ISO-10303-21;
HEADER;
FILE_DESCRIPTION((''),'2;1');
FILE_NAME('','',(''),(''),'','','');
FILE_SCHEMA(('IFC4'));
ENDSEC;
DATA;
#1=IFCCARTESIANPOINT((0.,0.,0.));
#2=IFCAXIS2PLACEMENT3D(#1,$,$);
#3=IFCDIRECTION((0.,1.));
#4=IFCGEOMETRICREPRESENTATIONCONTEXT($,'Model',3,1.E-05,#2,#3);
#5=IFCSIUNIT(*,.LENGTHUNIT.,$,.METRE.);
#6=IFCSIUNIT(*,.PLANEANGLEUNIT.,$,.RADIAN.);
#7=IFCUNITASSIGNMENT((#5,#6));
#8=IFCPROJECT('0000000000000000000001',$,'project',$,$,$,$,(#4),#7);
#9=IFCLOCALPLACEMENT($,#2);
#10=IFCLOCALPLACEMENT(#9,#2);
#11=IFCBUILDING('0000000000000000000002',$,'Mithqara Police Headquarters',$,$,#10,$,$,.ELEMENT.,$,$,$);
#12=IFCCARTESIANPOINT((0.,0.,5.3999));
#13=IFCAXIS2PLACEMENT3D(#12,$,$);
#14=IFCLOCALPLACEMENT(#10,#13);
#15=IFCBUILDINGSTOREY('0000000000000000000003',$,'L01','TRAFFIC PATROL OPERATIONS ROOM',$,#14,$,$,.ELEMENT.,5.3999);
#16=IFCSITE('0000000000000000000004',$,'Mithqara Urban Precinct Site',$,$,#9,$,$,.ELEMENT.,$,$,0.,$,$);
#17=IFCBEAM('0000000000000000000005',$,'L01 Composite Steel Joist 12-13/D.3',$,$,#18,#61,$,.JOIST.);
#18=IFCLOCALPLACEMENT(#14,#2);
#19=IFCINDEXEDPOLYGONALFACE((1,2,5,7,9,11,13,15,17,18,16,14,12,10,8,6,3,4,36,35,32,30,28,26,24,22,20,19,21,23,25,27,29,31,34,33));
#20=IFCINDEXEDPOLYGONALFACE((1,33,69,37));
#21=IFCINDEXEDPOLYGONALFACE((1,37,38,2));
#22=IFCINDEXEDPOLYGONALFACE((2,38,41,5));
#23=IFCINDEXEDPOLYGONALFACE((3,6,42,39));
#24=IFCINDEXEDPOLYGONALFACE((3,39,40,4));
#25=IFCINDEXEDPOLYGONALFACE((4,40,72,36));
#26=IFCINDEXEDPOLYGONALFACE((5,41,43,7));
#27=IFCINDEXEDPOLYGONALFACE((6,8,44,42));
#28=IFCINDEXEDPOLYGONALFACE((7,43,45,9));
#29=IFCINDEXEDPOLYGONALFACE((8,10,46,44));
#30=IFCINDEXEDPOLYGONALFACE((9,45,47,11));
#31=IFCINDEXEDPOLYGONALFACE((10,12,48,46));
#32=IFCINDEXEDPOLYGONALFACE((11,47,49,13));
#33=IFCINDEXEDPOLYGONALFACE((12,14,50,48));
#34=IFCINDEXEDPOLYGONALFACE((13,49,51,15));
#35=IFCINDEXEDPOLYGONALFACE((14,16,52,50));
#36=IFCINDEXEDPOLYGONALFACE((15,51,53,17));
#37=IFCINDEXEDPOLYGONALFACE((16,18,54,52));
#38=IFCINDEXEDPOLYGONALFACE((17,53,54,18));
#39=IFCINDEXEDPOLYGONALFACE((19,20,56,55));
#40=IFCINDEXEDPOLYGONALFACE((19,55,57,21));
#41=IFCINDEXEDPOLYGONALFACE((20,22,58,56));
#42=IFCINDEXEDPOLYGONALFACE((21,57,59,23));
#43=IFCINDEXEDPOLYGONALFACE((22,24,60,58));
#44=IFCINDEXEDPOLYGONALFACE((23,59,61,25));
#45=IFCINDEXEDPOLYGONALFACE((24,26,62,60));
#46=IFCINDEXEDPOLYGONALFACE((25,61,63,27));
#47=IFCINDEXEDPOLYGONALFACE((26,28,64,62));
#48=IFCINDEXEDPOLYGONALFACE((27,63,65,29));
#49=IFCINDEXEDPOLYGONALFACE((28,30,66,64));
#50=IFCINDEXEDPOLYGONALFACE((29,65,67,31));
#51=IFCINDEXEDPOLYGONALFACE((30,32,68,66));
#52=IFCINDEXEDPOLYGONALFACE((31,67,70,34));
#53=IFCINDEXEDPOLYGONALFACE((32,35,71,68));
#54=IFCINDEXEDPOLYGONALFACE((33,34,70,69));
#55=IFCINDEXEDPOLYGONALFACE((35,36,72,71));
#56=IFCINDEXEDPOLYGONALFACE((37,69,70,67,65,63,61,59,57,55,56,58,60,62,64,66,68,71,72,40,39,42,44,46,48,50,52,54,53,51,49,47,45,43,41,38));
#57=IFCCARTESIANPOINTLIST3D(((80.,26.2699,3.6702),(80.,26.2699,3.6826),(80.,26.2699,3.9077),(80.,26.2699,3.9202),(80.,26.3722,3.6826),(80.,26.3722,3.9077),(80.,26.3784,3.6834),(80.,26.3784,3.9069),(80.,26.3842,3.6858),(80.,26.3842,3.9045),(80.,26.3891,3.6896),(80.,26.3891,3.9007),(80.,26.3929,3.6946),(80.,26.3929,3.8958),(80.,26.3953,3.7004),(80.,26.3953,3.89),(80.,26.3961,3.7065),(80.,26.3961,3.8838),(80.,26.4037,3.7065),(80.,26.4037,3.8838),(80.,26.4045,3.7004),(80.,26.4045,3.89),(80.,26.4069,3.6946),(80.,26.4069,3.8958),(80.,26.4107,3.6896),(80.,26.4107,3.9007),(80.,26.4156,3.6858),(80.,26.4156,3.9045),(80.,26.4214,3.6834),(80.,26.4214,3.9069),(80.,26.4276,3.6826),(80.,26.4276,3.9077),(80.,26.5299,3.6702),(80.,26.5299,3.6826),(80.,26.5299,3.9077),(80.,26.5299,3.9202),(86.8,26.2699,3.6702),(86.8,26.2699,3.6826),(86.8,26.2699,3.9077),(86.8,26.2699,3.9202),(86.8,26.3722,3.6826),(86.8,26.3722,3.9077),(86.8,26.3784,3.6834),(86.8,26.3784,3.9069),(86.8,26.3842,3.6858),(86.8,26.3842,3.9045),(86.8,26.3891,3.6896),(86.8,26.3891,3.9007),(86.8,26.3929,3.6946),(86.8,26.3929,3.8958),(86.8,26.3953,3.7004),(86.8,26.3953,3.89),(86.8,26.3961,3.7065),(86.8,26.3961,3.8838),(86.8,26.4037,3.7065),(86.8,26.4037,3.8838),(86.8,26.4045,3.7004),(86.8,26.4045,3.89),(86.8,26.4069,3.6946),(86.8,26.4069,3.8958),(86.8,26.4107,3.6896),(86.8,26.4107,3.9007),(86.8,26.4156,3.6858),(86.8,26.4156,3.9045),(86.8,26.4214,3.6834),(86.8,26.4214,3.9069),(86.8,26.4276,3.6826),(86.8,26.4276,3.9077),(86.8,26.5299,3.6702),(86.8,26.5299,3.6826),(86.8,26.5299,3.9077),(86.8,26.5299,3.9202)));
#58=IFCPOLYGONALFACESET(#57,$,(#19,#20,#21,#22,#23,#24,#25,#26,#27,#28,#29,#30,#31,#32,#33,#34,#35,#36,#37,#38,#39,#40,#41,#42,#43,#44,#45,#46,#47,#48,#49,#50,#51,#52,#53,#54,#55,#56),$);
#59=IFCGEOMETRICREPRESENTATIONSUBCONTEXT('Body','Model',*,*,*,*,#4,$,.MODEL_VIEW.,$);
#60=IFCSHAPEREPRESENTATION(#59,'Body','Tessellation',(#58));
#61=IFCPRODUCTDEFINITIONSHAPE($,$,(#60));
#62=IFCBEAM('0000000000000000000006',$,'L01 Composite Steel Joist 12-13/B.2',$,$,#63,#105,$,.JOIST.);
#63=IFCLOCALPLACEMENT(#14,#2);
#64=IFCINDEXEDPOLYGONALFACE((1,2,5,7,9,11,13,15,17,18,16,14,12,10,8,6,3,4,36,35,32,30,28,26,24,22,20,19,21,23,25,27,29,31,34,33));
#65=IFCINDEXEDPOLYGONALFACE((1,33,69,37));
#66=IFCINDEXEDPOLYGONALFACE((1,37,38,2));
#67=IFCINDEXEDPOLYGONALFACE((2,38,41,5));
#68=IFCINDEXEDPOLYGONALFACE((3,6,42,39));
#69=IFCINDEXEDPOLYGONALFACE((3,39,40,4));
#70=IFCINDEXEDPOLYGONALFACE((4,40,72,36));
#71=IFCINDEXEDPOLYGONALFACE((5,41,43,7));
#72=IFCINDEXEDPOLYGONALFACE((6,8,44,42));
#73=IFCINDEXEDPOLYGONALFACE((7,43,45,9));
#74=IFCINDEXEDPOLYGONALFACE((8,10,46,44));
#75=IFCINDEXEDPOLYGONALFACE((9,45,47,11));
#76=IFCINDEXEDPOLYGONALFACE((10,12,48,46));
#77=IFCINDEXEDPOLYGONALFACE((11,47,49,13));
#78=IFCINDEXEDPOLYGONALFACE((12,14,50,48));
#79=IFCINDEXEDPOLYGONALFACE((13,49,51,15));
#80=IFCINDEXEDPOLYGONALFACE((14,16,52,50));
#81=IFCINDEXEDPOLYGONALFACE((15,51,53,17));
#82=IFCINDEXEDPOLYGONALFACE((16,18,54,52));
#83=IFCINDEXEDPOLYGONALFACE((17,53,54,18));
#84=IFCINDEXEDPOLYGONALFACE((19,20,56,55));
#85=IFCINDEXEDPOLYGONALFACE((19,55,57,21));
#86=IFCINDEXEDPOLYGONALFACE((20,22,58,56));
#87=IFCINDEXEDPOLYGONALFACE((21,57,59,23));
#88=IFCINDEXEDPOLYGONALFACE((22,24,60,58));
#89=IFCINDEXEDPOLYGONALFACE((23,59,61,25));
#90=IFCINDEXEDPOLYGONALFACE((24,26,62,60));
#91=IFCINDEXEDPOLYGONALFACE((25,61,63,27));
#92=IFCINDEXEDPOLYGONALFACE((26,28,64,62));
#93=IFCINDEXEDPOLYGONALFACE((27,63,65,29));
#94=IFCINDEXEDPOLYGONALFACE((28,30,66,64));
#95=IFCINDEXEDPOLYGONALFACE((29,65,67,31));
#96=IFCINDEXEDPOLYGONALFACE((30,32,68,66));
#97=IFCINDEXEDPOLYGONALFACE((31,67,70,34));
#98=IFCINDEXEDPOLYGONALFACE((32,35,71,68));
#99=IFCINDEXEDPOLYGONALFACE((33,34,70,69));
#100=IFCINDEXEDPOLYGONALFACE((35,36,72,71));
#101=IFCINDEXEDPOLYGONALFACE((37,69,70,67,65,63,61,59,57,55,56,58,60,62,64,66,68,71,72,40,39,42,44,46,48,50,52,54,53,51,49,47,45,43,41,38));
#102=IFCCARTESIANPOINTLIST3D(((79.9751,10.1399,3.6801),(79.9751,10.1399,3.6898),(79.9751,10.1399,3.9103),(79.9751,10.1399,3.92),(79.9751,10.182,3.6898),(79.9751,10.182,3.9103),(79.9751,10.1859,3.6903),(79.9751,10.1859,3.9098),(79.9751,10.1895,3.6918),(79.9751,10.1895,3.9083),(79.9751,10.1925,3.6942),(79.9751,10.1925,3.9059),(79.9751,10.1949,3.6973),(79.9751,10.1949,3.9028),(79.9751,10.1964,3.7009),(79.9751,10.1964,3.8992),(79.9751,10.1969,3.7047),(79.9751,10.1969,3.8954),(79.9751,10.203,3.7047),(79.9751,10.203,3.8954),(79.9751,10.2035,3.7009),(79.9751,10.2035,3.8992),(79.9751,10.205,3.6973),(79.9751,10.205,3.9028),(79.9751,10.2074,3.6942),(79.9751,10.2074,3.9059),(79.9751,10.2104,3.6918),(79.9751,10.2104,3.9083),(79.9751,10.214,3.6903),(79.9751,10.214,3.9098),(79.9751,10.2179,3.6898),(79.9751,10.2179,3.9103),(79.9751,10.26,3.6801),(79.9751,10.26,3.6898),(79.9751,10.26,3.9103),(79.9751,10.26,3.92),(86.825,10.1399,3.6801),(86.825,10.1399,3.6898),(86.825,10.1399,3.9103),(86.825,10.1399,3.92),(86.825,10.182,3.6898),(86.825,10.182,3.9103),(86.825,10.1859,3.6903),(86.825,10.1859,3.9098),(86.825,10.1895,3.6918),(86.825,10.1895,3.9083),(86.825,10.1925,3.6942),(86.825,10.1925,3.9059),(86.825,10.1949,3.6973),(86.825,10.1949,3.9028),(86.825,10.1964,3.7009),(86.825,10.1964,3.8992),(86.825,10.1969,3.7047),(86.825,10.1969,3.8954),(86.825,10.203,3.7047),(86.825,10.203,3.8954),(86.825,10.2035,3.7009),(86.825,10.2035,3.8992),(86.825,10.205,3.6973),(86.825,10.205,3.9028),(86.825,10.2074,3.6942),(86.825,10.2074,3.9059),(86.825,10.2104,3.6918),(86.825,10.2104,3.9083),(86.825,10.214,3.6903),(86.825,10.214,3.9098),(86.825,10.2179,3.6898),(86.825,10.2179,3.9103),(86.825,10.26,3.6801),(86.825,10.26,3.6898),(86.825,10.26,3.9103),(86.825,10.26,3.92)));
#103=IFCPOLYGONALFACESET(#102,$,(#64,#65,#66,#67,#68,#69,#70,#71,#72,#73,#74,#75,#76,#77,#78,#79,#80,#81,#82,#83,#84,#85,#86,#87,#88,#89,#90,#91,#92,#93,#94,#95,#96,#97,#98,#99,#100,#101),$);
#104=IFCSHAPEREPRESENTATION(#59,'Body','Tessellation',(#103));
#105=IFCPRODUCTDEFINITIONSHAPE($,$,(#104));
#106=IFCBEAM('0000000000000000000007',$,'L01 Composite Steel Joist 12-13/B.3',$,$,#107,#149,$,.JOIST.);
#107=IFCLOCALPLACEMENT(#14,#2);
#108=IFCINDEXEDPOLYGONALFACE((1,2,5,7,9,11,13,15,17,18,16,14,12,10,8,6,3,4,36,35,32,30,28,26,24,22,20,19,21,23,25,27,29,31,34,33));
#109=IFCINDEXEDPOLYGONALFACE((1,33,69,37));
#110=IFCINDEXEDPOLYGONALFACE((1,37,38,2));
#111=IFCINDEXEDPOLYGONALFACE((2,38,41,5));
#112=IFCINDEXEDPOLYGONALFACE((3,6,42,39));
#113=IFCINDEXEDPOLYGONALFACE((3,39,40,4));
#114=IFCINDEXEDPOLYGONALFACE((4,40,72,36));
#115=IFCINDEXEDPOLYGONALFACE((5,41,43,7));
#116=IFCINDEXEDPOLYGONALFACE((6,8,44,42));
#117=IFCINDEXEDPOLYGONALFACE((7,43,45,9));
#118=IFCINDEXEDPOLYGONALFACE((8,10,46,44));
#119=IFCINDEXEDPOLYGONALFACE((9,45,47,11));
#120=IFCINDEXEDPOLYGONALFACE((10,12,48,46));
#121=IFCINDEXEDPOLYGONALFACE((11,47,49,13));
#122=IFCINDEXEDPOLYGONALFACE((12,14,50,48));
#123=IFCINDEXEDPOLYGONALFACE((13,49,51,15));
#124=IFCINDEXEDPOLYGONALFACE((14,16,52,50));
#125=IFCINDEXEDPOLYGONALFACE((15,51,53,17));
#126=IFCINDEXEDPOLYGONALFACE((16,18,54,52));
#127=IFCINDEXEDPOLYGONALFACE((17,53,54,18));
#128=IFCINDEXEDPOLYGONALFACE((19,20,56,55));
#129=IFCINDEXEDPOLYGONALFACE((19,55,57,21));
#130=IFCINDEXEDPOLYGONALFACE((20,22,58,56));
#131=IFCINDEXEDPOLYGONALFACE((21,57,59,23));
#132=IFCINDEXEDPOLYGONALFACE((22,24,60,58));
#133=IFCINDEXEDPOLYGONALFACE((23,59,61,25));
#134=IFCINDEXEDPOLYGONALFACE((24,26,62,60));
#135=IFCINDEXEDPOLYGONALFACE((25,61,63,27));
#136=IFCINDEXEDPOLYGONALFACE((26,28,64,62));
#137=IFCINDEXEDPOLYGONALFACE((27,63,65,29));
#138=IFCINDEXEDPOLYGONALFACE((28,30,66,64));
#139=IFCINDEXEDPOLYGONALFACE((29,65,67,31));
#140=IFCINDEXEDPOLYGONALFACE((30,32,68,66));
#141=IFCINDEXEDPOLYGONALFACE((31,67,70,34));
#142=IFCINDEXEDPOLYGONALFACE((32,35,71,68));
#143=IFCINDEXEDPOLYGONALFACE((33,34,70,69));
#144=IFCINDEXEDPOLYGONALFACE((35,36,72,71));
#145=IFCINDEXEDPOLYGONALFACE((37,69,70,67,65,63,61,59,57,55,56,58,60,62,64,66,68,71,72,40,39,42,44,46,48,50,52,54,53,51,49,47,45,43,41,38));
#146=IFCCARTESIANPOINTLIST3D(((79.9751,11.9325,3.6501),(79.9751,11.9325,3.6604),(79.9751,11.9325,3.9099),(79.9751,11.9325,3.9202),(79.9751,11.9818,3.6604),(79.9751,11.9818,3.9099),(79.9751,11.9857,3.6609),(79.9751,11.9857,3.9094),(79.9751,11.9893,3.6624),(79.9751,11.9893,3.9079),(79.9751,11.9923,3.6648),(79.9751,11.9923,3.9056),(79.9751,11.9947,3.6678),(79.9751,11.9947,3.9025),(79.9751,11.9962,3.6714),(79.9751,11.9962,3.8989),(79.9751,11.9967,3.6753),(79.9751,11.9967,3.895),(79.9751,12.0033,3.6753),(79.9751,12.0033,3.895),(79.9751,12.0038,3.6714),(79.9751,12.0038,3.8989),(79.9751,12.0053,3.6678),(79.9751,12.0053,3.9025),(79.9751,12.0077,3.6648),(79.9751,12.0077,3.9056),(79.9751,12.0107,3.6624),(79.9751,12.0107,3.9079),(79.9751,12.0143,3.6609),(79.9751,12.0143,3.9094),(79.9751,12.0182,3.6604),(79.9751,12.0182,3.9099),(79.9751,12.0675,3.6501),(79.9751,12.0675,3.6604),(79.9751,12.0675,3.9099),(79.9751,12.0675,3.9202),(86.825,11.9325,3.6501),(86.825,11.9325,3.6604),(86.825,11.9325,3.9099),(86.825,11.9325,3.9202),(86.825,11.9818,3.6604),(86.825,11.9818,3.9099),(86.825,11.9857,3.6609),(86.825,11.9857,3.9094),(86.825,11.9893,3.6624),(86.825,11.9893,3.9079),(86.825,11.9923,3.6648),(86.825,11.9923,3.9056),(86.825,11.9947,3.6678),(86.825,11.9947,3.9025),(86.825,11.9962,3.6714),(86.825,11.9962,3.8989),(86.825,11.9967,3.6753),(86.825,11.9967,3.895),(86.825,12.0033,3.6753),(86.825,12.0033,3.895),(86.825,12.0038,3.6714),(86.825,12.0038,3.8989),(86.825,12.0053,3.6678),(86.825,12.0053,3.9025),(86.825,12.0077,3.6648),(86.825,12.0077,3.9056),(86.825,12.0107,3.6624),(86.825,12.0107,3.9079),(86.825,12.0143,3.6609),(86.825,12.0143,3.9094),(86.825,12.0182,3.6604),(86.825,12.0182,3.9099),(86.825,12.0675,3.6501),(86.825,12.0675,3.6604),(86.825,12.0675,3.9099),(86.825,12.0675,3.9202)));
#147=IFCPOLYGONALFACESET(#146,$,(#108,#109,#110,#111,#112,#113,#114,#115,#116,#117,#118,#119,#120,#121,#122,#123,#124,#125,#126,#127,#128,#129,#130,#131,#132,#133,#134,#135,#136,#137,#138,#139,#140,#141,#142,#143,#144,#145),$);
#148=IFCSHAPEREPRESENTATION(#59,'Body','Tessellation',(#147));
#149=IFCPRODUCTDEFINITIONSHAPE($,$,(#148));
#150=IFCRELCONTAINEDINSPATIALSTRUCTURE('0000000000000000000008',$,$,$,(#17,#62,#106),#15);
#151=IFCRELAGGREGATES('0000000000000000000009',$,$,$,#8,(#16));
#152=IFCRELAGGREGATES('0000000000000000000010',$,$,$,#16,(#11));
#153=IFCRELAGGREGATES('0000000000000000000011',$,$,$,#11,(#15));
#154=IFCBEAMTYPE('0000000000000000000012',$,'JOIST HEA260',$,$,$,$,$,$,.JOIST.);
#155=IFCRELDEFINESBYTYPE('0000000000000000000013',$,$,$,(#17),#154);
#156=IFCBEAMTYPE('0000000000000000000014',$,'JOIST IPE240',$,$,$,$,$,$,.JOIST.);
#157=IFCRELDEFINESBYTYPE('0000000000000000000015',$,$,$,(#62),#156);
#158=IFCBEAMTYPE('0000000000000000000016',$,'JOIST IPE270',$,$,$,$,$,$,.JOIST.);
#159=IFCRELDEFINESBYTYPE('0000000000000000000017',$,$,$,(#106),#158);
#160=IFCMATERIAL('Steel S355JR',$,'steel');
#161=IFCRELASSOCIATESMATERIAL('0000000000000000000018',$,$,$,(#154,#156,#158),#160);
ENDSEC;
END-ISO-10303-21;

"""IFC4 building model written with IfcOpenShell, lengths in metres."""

from ifc_helpers import new_model, si_unit, direction, frame, origin, origin_2d, place, context, subcontext, project, spatial, i_section, extrude, material, material_profile, profile_set, type_object, element, save


model = new_model("IFC4")

# Units and contexts
model_context = context("Model", 3, precision=1e-05, world=origin(), true_north=direction((0.0, 1.0)))
body_context = subcontext(model_context, "Body", "Model", "MODEL_VIEW")
ifc_project = project(units=[si_unit("LENGTHUNIT", "METRE"), si_unit("PLANEANGLEUNIT", "RADIAN")], contexts=[model_context])

# Site, building, storey
site_placement = place(None, origin())
site = spatial("IfcSite", under=ifc_project, at=site_placement, Name="Mithqara Urban Precinct Site", CompositionType="ELEMENT", RefElevation=0.0)
building_placement = place(site_placement, origin())
building = spatial("IfcBuilding", under=site, at=building_placement, Name="Mithqara Police Headquarters", CompositionType="ELEMENT")
storey_placement = place(building_placement, frame((0.0, 0.0, 5.3999)))
storey = spatial("IfcBuildingStorey", under=building, at=storey_placement, Name="L01", Description="TRAFFIC PATROL OPERATIONS ROOM", CompositionType="ELEMENT", Elevation=5.3999)

# Beams
ifc_material_1 = material(Name="Steel S355JR", Category="steel")
ifc_material_profile_1 = material_profile(ifc_material_1, i_section(OverallWidth=0.26, OverallDepth=0.25, WebThickness=0.0076, FlangeThickness=0.0125, FilletRadius=0.0239, at=origin_2d()), Name="HEA 260")
ifc_profile_set_1 = profile_set([ifc_material_profile_1], Name="Steel S355JR")
beam_type_1 = type_object("IfcBeamType", Name="JOIST HEA260", PredefinedType="JOIST", material=ifc_profile_set_1)
beam_1_placement = place(storey_placement, frame((80.0, 26.3999, 3.7952), z_axis=(1.0, 0.0, 0.0), x_axis=(0.0, 1.0, 0.0)))
element("IfcBeam", 1, at=beam_1_placement, inside=storey, type_object=beam_type_1, Name="L01 Composite Steel Joist 12-13/D.3", PredefinedType="JOIST", context=body_context, shape_type="SweptSolid", body=[
    extrude(i_section(OverallWidth=0.26, OverallDepth=0.25, WebThickness=0.0076, FlangeThickness=0.0125, FilletRadius=0.0239, at=origin_2d()), origin(), (0.0, 0.0, 1.0), 6.8),
])
ifc_material_profile_2 = material_profile(ifc_material_1, i_section(OverallWidth=0.1201, OverallDepth=0.24, WebThickness=0.0061, FlangeThickness=0.0098, FilletRadius=0.0149, at=origin_2d()), Name="IPE 240")
ifc_profile_set_2 = profile_set([ifc_material_profile_2], Name="Steel S355JR")
beam_type_2 = type_object("IfcBeamType", Name="JOIST IPE240", PredefinedType="JOIST", material=ifc_profile_set_2)
beam_2_placement = place(storey_placement, frame((79.9751, 10.2, 3.8), z_axis=(1.0, 0.0, 0.0), x_axis=(0.0, 1.0, 0.0)))
element("IfcBeam", 2, at=beam_2_placement, inside=storey, type_object=beam_type_2, Name="L01 Composite Steel Joist 12-13/B.2", PredefinedType="JOIST", context=body_context, shape_type="SweptSolid", body=[
    extrude(i_section(OverallWidth=0.1201, OverallDepth=0.24, WebThickness=0.0061, FlangeThickness=0.0098, FilletRadius=0.0149, at=origin_2d()), origin(), (0.0, 0.0, 1.0), 6.8499),
])
ifc_material_profile_3 = material_profile(ifc_material_1, i_section(OverallWidth=0.135, OverallDepth=0.27, WebThickness=0.0066, FlangeThickness=0.0103, FilletRadius=0.0149, at=origin_2d()), Name="IPE 270")
ifc_profile_set_3 = profile_set([ifc_material_profile_3], Name="Steel S355JR")
beam_type_3 = type_object("IfcBeamType", Name="JOIST IPE270", PredefinedType="JOIST", material=ifc_profile_set_3)
beam_3_placement = place(storey_placement, frame((79.9751, 12.0, 3.7852), z_axis=(1.0, 0.0, 0.0), x_axis=(0.0, 1.0, 0.0)))
element("IfcBeam", 3, at=beam_3_placement, inside=storey, type_object=beam_type_3, Name="L01 Composite Steel Joist 12-13/B.3", PredefinedType="JOIST", context=body_context, shape_type="SweptSolid", body=[
    extrude(i_section(OverallWidth=0.135, OverallDepth=0.27, WebThickness=0.0066, FlangeThickness=0.0103, FilletRadius=0.0149, at=origin_2d()), origin(), (0.0, 0.0, 1.0), 6.8499),
])

save(model, "model.ifc")
